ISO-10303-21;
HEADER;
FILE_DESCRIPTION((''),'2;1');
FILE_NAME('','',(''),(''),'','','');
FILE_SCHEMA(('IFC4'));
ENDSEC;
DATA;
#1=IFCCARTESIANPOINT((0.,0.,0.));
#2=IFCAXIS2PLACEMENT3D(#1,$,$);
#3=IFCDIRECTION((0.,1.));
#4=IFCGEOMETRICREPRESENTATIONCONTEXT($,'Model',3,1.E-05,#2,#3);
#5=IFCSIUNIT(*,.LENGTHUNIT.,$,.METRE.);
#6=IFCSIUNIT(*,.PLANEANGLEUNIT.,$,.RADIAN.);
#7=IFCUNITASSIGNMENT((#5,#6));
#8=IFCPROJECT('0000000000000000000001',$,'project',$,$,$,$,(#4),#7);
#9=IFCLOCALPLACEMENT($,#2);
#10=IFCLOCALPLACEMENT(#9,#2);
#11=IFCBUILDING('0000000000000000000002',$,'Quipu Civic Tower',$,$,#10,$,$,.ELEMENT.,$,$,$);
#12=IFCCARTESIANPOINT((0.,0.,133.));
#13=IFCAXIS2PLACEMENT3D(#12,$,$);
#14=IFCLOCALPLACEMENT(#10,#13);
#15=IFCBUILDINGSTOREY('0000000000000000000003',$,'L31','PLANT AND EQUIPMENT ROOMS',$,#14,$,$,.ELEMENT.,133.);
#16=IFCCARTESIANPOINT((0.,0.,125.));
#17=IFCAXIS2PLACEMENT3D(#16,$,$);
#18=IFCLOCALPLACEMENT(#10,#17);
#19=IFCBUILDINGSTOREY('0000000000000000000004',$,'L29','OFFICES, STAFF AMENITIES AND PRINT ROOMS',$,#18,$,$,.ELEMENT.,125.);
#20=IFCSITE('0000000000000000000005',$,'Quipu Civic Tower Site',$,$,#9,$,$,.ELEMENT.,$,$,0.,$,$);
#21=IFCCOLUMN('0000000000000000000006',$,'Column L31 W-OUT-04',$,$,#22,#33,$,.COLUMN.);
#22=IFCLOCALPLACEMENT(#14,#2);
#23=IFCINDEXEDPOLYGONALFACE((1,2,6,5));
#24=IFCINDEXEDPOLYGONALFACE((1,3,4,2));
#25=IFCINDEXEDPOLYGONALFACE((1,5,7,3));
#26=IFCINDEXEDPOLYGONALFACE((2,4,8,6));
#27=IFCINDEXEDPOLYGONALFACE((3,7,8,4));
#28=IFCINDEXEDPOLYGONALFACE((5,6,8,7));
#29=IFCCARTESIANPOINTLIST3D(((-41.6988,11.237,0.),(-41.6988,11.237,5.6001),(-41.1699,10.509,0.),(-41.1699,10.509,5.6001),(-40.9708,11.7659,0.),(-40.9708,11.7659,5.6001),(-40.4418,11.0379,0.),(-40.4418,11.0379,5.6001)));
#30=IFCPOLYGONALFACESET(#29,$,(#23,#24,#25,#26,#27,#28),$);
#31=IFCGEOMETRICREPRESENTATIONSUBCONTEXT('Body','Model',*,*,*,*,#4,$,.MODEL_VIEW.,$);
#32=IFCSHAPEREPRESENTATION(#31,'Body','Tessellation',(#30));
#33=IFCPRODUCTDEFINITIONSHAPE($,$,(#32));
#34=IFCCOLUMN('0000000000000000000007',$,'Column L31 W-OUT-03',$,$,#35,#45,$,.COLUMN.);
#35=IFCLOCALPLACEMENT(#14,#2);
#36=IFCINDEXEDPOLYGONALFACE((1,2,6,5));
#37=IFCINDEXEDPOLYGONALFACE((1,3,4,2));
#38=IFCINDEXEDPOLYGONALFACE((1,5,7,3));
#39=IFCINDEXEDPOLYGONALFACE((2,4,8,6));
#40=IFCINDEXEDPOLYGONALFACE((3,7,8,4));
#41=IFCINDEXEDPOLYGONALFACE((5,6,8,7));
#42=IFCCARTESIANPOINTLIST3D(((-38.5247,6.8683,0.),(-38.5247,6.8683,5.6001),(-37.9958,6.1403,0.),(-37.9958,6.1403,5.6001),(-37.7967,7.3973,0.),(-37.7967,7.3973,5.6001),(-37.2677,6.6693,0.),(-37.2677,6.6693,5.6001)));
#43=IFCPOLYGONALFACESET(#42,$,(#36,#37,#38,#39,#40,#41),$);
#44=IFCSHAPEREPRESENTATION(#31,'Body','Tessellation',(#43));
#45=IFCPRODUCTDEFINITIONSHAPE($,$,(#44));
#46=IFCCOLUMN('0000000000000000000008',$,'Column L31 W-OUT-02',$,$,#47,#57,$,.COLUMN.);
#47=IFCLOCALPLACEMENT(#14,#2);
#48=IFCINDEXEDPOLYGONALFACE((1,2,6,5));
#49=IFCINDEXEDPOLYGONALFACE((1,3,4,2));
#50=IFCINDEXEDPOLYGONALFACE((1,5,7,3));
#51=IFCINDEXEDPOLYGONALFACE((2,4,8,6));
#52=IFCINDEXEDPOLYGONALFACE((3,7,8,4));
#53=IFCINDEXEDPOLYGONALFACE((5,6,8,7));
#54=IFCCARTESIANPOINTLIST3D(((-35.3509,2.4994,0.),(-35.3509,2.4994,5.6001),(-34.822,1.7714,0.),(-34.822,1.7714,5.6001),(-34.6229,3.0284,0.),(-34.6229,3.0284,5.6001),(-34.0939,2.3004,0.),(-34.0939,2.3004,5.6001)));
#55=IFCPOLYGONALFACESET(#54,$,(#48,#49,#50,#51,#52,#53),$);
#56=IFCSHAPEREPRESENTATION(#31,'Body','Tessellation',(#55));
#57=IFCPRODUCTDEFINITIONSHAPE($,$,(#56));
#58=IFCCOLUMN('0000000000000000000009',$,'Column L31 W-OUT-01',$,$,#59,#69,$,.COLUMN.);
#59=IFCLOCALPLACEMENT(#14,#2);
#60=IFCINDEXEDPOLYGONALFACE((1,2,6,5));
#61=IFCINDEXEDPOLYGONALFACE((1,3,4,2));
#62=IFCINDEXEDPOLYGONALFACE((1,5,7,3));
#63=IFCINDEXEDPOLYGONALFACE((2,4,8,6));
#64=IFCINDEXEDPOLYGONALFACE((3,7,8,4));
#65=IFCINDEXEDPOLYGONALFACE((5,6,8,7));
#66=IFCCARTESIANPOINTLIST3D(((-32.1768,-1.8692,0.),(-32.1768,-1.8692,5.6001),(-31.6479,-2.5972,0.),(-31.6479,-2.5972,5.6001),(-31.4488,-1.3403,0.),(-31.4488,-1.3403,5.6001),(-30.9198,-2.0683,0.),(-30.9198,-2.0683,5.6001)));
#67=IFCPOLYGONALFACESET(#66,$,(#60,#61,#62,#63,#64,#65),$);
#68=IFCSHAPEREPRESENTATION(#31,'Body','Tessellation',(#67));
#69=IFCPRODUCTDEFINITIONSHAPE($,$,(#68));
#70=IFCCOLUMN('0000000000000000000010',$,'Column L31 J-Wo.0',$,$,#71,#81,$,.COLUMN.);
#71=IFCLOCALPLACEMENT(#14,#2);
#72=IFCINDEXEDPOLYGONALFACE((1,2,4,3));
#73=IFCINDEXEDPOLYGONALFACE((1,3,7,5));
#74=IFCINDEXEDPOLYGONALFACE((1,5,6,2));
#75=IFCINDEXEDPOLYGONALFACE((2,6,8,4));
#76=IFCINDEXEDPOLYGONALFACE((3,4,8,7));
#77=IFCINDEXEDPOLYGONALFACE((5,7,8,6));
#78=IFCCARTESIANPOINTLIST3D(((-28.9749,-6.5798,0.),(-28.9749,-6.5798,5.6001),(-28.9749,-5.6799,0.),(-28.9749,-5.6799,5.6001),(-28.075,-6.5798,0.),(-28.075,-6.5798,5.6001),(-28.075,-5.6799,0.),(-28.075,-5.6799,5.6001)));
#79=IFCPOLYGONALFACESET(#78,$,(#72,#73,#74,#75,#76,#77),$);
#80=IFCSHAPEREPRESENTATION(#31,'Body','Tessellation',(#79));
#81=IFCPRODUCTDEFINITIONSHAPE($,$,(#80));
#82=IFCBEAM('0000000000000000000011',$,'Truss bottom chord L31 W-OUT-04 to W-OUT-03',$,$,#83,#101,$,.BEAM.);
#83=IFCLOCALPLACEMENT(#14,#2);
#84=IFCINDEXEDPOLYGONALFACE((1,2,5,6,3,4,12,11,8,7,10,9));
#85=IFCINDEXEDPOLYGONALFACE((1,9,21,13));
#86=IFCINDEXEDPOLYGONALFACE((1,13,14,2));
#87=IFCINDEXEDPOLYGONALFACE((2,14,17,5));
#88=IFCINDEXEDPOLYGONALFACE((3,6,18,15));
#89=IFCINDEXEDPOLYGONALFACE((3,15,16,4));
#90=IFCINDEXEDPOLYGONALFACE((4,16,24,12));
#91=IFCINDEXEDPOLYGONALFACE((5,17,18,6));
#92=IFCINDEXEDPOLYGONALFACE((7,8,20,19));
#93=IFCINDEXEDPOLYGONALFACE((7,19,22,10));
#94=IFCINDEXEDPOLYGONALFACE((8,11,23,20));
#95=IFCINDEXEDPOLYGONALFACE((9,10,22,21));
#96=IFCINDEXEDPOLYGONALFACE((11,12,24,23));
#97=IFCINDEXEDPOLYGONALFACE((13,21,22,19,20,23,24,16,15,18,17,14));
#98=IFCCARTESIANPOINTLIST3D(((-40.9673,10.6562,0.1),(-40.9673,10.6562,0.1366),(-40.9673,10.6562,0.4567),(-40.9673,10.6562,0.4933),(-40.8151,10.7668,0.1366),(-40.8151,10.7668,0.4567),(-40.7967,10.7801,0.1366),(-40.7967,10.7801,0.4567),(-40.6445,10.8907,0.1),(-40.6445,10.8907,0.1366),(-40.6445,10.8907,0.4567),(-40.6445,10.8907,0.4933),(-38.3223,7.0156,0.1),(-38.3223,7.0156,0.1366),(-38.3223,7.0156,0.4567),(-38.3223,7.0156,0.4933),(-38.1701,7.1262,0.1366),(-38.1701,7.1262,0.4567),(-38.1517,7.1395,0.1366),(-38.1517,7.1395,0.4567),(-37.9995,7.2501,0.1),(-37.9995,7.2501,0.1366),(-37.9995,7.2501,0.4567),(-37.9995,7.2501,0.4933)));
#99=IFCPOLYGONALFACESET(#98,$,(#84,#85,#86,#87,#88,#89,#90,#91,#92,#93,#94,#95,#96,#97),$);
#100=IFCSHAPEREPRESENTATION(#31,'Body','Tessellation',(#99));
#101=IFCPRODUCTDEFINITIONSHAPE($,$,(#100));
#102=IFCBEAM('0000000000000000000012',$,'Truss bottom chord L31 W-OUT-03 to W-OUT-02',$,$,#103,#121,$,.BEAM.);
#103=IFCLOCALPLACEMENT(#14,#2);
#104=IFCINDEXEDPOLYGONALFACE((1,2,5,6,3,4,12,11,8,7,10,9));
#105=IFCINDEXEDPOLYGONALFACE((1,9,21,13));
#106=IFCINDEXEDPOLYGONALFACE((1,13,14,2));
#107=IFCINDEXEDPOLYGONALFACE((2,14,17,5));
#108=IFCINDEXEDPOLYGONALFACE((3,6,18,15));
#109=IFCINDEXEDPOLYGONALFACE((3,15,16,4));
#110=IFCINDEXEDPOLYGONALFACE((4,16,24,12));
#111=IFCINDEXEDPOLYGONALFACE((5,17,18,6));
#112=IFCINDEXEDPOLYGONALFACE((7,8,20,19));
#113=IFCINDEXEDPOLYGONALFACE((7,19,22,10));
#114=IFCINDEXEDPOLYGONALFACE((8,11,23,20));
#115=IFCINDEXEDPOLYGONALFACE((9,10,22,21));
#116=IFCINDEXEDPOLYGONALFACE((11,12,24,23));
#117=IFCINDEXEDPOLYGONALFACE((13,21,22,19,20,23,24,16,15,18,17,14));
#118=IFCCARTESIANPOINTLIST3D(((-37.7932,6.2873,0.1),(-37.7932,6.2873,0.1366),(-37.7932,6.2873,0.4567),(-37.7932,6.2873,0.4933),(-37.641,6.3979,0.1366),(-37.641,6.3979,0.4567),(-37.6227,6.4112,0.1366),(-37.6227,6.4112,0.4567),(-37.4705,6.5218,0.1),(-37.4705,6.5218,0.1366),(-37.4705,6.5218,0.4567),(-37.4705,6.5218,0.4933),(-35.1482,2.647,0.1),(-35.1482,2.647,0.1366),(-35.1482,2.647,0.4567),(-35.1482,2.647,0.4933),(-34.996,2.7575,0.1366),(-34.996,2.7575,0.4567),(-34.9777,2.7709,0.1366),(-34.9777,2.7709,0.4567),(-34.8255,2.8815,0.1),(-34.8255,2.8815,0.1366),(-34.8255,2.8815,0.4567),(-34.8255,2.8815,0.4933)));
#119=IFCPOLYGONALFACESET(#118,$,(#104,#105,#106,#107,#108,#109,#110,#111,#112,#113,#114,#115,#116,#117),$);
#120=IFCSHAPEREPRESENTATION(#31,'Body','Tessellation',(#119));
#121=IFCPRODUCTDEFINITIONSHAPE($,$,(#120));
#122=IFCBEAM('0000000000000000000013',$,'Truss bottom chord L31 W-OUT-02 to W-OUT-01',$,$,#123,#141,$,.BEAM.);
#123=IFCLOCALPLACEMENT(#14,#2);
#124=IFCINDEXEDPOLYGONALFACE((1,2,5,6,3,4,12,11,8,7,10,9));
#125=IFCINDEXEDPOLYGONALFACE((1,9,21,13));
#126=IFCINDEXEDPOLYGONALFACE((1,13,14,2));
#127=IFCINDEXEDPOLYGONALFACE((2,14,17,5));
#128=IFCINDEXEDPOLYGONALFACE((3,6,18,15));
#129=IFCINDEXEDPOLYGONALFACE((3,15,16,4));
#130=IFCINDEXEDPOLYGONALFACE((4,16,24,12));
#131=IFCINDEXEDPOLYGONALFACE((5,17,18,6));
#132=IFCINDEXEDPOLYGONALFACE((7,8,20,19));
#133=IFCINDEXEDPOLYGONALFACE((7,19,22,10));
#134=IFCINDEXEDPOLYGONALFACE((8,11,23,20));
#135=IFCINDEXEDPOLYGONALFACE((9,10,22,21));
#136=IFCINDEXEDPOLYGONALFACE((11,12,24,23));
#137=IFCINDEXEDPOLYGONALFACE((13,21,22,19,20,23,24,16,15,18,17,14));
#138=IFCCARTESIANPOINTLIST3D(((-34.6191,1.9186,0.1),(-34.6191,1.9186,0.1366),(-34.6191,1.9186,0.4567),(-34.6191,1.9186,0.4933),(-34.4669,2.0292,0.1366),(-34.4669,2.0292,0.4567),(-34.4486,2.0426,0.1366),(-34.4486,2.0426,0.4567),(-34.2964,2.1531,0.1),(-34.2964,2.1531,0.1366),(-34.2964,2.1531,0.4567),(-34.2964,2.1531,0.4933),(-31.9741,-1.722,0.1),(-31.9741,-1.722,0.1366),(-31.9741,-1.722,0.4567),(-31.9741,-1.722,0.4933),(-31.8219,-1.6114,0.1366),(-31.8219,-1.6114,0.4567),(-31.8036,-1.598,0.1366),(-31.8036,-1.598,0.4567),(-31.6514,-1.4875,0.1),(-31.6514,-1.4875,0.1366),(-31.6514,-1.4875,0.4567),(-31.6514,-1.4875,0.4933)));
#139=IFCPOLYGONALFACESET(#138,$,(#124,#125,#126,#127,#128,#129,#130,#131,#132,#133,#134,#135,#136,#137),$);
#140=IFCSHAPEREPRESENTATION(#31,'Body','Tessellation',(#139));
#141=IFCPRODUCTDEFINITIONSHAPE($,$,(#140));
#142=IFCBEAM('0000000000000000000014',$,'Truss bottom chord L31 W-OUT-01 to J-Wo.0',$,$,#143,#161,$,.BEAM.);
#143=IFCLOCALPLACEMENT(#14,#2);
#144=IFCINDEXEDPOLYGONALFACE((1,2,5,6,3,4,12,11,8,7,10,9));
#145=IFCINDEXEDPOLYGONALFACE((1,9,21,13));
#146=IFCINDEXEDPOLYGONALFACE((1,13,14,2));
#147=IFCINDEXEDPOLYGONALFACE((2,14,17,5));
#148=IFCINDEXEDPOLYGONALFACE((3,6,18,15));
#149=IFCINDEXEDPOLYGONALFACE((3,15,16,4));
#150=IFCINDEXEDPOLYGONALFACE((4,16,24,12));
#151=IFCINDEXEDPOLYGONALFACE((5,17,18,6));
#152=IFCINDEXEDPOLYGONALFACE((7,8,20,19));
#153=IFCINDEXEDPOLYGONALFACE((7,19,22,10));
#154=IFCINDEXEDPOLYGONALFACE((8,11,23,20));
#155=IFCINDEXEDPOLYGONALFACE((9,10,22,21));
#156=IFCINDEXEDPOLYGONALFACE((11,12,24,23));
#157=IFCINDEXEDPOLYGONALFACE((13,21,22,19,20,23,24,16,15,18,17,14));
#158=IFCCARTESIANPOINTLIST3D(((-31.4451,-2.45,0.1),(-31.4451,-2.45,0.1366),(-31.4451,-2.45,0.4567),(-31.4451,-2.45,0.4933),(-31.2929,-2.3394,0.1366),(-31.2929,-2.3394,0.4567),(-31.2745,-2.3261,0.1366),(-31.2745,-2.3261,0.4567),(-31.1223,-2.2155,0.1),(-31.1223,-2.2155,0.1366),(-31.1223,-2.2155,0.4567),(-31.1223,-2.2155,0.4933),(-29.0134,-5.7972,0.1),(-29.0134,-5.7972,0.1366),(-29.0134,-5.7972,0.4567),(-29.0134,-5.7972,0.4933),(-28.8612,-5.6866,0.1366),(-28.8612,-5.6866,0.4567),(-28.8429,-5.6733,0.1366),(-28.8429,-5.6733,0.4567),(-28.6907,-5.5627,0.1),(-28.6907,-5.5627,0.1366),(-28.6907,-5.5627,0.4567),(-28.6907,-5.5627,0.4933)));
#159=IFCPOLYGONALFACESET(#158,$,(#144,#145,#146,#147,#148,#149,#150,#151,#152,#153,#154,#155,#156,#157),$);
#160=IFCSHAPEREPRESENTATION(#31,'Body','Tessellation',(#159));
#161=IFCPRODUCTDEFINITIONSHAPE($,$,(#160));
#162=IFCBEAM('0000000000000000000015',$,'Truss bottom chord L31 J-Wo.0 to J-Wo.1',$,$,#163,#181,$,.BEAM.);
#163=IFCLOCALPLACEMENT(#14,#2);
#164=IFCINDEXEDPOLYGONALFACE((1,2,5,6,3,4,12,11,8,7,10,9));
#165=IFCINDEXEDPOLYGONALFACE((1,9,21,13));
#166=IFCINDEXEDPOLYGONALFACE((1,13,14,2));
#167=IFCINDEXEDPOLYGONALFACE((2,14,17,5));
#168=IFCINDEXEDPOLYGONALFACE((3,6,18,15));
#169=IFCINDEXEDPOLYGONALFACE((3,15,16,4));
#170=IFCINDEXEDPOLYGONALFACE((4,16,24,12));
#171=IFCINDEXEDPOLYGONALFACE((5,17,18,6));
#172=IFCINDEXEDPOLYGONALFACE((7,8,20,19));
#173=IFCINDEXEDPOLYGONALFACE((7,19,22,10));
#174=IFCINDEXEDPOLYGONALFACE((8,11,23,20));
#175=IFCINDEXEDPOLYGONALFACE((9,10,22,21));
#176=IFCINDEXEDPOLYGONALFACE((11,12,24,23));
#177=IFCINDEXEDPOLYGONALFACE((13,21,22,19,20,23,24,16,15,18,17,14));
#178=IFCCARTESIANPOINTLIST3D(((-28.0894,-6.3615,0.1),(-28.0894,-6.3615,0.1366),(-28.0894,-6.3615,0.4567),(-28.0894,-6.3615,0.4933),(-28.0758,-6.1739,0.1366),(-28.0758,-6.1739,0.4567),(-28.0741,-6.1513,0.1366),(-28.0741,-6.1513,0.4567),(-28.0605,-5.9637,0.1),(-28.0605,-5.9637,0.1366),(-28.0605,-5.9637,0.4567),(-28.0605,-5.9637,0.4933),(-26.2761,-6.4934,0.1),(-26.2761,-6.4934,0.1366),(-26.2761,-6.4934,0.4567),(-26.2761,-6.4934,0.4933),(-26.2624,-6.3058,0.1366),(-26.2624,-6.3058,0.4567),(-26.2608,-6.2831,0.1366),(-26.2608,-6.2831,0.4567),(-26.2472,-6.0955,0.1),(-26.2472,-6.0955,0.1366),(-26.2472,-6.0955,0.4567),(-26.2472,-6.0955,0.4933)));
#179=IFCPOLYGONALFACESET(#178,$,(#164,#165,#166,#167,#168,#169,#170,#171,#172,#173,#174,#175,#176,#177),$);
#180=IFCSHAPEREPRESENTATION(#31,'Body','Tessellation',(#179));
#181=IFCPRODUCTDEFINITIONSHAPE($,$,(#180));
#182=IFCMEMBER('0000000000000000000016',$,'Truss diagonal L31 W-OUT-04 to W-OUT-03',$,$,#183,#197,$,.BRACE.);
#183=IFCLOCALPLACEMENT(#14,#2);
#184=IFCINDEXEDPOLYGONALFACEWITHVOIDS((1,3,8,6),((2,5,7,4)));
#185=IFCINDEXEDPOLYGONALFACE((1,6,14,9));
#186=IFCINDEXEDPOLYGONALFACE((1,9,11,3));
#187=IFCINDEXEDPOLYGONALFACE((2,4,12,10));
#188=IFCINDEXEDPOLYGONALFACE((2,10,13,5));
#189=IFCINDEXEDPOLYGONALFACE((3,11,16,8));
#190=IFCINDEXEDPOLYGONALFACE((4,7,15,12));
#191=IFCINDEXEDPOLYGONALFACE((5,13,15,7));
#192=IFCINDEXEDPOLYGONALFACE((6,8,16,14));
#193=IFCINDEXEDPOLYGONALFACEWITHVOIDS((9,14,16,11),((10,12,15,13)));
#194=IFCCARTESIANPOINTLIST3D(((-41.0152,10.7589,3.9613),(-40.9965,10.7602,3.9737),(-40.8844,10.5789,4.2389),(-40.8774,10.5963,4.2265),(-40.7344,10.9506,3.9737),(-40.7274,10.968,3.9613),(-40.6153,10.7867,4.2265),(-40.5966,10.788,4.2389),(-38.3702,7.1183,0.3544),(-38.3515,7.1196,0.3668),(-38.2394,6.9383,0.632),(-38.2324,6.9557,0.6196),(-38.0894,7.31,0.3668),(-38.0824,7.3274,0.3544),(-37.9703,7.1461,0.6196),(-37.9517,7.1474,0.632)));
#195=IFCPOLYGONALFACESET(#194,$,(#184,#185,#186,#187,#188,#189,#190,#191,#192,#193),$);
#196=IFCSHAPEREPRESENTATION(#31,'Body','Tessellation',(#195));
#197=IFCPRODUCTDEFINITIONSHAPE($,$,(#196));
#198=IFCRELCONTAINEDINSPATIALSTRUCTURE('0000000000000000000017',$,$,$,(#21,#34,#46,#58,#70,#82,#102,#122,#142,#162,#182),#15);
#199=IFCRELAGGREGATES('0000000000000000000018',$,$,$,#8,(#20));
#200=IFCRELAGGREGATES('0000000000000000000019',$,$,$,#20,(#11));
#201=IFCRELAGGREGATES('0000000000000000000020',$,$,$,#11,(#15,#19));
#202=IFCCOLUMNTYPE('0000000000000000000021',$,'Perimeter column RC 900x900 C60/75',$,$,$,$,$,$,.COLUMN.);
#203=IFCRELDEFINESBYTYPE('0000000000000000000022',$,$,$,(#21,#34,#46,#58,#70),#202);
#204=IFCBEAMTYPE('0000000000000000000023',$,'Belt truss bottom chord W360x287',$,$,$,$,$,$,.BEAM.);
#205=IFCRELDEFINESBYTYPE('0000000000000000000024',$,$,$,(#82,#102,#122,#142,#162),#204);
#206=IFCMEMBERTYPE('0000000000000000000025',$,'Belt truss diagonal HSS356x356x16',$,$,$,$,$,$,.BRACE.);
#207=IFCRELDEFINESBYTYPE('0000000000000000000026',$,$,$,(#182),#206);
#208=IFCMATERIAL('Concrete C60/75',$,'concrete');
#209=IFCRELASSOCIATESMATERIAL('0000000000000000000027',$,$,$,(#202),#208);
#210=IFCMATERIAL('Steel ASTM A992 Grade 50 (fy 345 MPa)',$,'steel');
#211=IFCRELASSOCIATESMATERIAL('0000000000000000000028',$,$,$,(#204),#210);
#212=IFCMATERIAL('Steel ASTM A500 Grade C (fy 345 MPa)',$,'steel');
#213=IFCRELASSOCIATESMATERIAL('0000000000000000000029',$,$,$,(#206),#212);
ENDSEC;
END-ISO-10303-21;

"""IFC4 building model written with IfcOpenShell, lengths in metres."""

from ifc_helpers import new_model, si_unit, direction, frame, origin, origin_2d, place, context, subcontext, project, spatial, rectangle, hollow_rectangle, i_section, extrude, material, material_profile, profile_set, type_object, element, save


model = new_model("IFC4")

# Units and contexts
model_context = context("Model", 3, precision=1e-05, world=origin(), true_north=direction((0.0, 1.0)))
body_context = subcontext(model_context, "Body", "Model", "MODEL_VIEW")
ifc_project = project(units=[si_unit("LENGTHUNIT", "METRE"), si_unit("PLANEANGLEUNIT", "RADIAN")], contexts=[model_context])

# Site, building, storey
site_placement = place(None, origin())
site = spatial("IfcSite", under=ifc_project, at=site_placement, Name="Quipu Civic Tower Site", CompositionType="ELEMENT", RefElevation=0.0)
building_placement = place(site_placement, origin())
building = spatial("IfcBuilding", under=site, at=building_placement, Name="Quipu Civic Tower", CompositionType="ELEMENT")
storey_1_placement = place(building_placement, frame((0.0, 0.0, 133.0)))
storey_1 = spatial("IfcBuildingStorey", under=building, at=storey_1_placement, Name="L31", Description="PLANT AND EQUIPMENT ROOMS", CompositionType="ELEMENT", Elevation=133.0)

# Columns
ifc_material_1 = material(Name="Concrete C60/75", Category="concrete")
ifc_material_profile_1 = material_profile(ifc_material_1, rectangle(XDim=0.8999, YDim=0.8999, at=origin_2d()), Name="RC900x900")
ifc_profile_set_1 = profile_set([ifc_material_profile_1], Name="Concrete C60/75")
column_type = type_object("IfcColumnType", Name="Perimeter column RC 900x900 C60/75", PredefinedType="COLUMN", material=ifc_profile_set_1)
for number, where, z_axis, x_axis, name in (
    (1, (-41.0703, 11.1375, 0.0), (0.0, 0.0, 1.0), (0.587785, -0.809017, 0.0), "Column L31 W-OUT-04"),
    (2, (-37.8962, 6.7688, 0.0), (0.0, 0.0, 1.0), (0.587785, -0.809017, 0.0), "Column L31 W-OUT-03"),
    (3, (-34.7224, 2.3999, 0.0), (0.0, 0.0, 1.0), (0.587785, -0.809017, 0.0), "Column L31 W-OUT-02"),
    (4, (-31.5483, -1.9688, 0.0), (0.0, 0.0, 1.0), (0.587785, -0.809017, 0.0), "Column L31 W-OUT-01"),
    (5, (-28.5249, -6.1299, 0.0), (0.0, 0.0, 1.0), (1.0, 0.0, 0.0), "Column L31 J-Wo.0"),
):
    element("IfcColumn", number, at=place(storey_1_placement, frame(where, z_axis=z_axis, x_axis=x_axis)), inside=storey_1, type_object=column_type, Name=name, PredefinedType="COLUMN", context=body_context, shape_type="SweptSolid", body=[
        extrude(rectangle(XDim=0.8999, YDim=0.8999, at=origin_2d()), origin(), (0.0, 0.0, 1.0), 5.6001),
    ])

# Beams
ifc_material_2 = material(Name="Steel ASTM A992 Grade 50 (fy 345 MPa)", Category="steel")
ifc_material_profile_2 = material_profile(ifc_material_2, i_section(OverallWidth=0.3989, OverallDepth=0.3933, WebThickness=0.0227, FlangeThickness=0.0366, at=origin_2d()), Name="W360x287")
ifc_profile_set_2 = profile_set([ifc_material_profile_2], Name="Steel ASTM A992 Grade 50 (fy 345 MPa)")
beam_type_1 = type_object("IfcBeamType", Name="Belt truss bottom chord W360x287", PredefinedType="BEAM", material=ifc_profile_set_2)
beam_1_placement = place(storey_1_placement, frame((-40.8059, 10.7734, 0.2966), z_axis=(0.587778, -0.809022, 0.0), x_axis=(0.809022, 0.587778, 0.0)))
element("IfcBeam", 6, at=beam_1_placement, inside=storey_1, type_object=beam_type_1, Name="Truss bottom chord L31 W-OUT-04 to W-OUT-03", PredefinedType="BEAM", context=body_context, shape_type="SweptSolid", body=[
    extrude(i_section(OverallWidth=0.3989, OverallDepth=0.3933, WebThickness=0.0227, FlangeThickness=0.0366, at=origin_2d()), origin(), (0.0, 0.0, 1.0), 4.5),
])
beam_2_placement = place(storey_1_placement, frame((-37.6318, 6.4045, 0.2966), z_axis=(0.587804, -0.809003, 0.0), x_axis=(0.809003, 0.587804, 0.0)))
element("IfcBeam", 7, at=beam_2_placement, inside=storey_1, type_object=beam_type_1, Name="Truss bottom chord L31 W-OUT-03 to W-OUT-02", PredefinedType="BEAM", context=body_context, shape_type="SweptSolid", body=[
    extrude(i_section(OverallWidth=0.3989, OverallDepth=0.3933, WebThickness=0.0227, FlangeThickness=0.0366, at=origin_2d()), origin(), (0.0, 0.0, 1.0), 4.4998),
])
beam_3_placement = place(storey_1_placement, frame((-34.4578, 2.0359, 0.2966), z_axis=(0.587778, -0.809022, 0.0), x_axis=(0.809022, 0.587778, 0.0)))
element("IfcBeam", 8, at=beam_3_placement, inside=storey_1, type_object=beam_type_1, Name="Truss bottom chord L31 W-OUT-02 to W-OUT-01", PredefinedType="BEAM", context=body_context, shape_type="SweptSolid", body=[
    extrude(i_section(OverallWidth=0.3989, OverallDepth=0.3933, WebThickness=0.0227, FlangeThickness=0.0366, at=origin_2d()), origin(), (0.0, 0.0, 1.0), 4.5),
])
beam_4_placement = place(storey_1_placement, frame((-31.2837, -2.3328, 0.2966), z_axis=(0.587751, -0.809042, 0.0), x_axis=(0.809042, 0.587751, 0.0)))
element("IfcBeam", 9, at=beam_4_placement, inside=storey_1, type_object=beam_type_1, Name="Truss bottom chord L31 W-OUT-01 to J-Wo.0", PredefinedType="BEAM", context=body_context, shape_type="SweptSolid", body=[
    extrude(i_section(OverallWidth=0.3989, OverallDepth=0.3933, WebThickness=0.0227, FlangeThickness=0.0366, at=origin_2d()), origin(), (0.0, 0.0, 1.0), 4.1372),
])
beam_5_placement = place(storey_1_placement, frame((-28.075, -6.1626, 0.2966), z_axis=(0.997367, -0.072516, 0.0), x_axis=(0.072516, 0.997367, 0.0)))
element("IfcBeam", 10, at=beam_5_placement, inside=storey_1, type_object=beam_type_1, Name="Truss bottom chord L31 J-Wo.0 to J-Wo.1", PredefinedType="BEAM", context=body_context, shape_type="SweptSolid", body=[
    extrude(i_section(OverallWidth=0.3989, OverallDepth=0.3933, WebThickness=0.0227, FlangeThickness=0.0366, at=origin_2d()), origin(), (0.0, 0.0, 1.0), 1.8181),
])

# Member
ifc_material_3 = material(Name="Steel ASTM A500 Grade C (fy 345 MPa)", Category="steel")
ifc_material_profile_3 = material_profile(ifc_material_3, hollow_rectangle(XDim=0.3557, YDim=0.3557, WallThickness=0.0159, at=origin_2d()), Name="HSS356x356x16")
ifc_profile_set_3 = profile_set([ifc_material_profile_3], Name="Steel ASTM A500 Grade C (fy 345 MPa)")
member_type_1 = type_object("IfcMemberType", Name="Belt truss diagonal HSS356x356x16", PredefinedType="BRACE", material=ifc_profile_set_3)
for number, where, z_axis, x_axis, name in (
    (11, (-40.8059, 10.7734, 4.1001), (0.458634, -0.631267, -0.625425), (0.809022, 0.587778, 0.0), "Truss diagonal L31 W-OUT-04 to W-OUT-03"),
):
    element("IfcMember", number, at=place(storey_1_placement, frame(where, z_axis=z_axis, x_axis=x_axis)), inside=storey_1, type_object=member_type_1, Name=name, PredefinedType="BRACE", context=body_context, shape_type="SweptSolid", body=[
        extrude(hollow_rectangle(XDim=0.3557, YDim=0.3557, WallThickness=0.0159, at=origin_2d()), origin(), (0.0, 0.0, 1.0), 5.7671),
    ])

# Shared definitions
storey_2_placement = place(building_placement, frame((0.0, 0.0, 125.0)))
storey_2 = spatial("IfcBuildingStorey", under=building, at=storey_2_placement, Name="L29", Description="OFFICES, STAFF AMENITIES AND PRINT ROOMS", CompositionType="ELEMENT", Elevation=125.0)

save(model, "model.ifc")
